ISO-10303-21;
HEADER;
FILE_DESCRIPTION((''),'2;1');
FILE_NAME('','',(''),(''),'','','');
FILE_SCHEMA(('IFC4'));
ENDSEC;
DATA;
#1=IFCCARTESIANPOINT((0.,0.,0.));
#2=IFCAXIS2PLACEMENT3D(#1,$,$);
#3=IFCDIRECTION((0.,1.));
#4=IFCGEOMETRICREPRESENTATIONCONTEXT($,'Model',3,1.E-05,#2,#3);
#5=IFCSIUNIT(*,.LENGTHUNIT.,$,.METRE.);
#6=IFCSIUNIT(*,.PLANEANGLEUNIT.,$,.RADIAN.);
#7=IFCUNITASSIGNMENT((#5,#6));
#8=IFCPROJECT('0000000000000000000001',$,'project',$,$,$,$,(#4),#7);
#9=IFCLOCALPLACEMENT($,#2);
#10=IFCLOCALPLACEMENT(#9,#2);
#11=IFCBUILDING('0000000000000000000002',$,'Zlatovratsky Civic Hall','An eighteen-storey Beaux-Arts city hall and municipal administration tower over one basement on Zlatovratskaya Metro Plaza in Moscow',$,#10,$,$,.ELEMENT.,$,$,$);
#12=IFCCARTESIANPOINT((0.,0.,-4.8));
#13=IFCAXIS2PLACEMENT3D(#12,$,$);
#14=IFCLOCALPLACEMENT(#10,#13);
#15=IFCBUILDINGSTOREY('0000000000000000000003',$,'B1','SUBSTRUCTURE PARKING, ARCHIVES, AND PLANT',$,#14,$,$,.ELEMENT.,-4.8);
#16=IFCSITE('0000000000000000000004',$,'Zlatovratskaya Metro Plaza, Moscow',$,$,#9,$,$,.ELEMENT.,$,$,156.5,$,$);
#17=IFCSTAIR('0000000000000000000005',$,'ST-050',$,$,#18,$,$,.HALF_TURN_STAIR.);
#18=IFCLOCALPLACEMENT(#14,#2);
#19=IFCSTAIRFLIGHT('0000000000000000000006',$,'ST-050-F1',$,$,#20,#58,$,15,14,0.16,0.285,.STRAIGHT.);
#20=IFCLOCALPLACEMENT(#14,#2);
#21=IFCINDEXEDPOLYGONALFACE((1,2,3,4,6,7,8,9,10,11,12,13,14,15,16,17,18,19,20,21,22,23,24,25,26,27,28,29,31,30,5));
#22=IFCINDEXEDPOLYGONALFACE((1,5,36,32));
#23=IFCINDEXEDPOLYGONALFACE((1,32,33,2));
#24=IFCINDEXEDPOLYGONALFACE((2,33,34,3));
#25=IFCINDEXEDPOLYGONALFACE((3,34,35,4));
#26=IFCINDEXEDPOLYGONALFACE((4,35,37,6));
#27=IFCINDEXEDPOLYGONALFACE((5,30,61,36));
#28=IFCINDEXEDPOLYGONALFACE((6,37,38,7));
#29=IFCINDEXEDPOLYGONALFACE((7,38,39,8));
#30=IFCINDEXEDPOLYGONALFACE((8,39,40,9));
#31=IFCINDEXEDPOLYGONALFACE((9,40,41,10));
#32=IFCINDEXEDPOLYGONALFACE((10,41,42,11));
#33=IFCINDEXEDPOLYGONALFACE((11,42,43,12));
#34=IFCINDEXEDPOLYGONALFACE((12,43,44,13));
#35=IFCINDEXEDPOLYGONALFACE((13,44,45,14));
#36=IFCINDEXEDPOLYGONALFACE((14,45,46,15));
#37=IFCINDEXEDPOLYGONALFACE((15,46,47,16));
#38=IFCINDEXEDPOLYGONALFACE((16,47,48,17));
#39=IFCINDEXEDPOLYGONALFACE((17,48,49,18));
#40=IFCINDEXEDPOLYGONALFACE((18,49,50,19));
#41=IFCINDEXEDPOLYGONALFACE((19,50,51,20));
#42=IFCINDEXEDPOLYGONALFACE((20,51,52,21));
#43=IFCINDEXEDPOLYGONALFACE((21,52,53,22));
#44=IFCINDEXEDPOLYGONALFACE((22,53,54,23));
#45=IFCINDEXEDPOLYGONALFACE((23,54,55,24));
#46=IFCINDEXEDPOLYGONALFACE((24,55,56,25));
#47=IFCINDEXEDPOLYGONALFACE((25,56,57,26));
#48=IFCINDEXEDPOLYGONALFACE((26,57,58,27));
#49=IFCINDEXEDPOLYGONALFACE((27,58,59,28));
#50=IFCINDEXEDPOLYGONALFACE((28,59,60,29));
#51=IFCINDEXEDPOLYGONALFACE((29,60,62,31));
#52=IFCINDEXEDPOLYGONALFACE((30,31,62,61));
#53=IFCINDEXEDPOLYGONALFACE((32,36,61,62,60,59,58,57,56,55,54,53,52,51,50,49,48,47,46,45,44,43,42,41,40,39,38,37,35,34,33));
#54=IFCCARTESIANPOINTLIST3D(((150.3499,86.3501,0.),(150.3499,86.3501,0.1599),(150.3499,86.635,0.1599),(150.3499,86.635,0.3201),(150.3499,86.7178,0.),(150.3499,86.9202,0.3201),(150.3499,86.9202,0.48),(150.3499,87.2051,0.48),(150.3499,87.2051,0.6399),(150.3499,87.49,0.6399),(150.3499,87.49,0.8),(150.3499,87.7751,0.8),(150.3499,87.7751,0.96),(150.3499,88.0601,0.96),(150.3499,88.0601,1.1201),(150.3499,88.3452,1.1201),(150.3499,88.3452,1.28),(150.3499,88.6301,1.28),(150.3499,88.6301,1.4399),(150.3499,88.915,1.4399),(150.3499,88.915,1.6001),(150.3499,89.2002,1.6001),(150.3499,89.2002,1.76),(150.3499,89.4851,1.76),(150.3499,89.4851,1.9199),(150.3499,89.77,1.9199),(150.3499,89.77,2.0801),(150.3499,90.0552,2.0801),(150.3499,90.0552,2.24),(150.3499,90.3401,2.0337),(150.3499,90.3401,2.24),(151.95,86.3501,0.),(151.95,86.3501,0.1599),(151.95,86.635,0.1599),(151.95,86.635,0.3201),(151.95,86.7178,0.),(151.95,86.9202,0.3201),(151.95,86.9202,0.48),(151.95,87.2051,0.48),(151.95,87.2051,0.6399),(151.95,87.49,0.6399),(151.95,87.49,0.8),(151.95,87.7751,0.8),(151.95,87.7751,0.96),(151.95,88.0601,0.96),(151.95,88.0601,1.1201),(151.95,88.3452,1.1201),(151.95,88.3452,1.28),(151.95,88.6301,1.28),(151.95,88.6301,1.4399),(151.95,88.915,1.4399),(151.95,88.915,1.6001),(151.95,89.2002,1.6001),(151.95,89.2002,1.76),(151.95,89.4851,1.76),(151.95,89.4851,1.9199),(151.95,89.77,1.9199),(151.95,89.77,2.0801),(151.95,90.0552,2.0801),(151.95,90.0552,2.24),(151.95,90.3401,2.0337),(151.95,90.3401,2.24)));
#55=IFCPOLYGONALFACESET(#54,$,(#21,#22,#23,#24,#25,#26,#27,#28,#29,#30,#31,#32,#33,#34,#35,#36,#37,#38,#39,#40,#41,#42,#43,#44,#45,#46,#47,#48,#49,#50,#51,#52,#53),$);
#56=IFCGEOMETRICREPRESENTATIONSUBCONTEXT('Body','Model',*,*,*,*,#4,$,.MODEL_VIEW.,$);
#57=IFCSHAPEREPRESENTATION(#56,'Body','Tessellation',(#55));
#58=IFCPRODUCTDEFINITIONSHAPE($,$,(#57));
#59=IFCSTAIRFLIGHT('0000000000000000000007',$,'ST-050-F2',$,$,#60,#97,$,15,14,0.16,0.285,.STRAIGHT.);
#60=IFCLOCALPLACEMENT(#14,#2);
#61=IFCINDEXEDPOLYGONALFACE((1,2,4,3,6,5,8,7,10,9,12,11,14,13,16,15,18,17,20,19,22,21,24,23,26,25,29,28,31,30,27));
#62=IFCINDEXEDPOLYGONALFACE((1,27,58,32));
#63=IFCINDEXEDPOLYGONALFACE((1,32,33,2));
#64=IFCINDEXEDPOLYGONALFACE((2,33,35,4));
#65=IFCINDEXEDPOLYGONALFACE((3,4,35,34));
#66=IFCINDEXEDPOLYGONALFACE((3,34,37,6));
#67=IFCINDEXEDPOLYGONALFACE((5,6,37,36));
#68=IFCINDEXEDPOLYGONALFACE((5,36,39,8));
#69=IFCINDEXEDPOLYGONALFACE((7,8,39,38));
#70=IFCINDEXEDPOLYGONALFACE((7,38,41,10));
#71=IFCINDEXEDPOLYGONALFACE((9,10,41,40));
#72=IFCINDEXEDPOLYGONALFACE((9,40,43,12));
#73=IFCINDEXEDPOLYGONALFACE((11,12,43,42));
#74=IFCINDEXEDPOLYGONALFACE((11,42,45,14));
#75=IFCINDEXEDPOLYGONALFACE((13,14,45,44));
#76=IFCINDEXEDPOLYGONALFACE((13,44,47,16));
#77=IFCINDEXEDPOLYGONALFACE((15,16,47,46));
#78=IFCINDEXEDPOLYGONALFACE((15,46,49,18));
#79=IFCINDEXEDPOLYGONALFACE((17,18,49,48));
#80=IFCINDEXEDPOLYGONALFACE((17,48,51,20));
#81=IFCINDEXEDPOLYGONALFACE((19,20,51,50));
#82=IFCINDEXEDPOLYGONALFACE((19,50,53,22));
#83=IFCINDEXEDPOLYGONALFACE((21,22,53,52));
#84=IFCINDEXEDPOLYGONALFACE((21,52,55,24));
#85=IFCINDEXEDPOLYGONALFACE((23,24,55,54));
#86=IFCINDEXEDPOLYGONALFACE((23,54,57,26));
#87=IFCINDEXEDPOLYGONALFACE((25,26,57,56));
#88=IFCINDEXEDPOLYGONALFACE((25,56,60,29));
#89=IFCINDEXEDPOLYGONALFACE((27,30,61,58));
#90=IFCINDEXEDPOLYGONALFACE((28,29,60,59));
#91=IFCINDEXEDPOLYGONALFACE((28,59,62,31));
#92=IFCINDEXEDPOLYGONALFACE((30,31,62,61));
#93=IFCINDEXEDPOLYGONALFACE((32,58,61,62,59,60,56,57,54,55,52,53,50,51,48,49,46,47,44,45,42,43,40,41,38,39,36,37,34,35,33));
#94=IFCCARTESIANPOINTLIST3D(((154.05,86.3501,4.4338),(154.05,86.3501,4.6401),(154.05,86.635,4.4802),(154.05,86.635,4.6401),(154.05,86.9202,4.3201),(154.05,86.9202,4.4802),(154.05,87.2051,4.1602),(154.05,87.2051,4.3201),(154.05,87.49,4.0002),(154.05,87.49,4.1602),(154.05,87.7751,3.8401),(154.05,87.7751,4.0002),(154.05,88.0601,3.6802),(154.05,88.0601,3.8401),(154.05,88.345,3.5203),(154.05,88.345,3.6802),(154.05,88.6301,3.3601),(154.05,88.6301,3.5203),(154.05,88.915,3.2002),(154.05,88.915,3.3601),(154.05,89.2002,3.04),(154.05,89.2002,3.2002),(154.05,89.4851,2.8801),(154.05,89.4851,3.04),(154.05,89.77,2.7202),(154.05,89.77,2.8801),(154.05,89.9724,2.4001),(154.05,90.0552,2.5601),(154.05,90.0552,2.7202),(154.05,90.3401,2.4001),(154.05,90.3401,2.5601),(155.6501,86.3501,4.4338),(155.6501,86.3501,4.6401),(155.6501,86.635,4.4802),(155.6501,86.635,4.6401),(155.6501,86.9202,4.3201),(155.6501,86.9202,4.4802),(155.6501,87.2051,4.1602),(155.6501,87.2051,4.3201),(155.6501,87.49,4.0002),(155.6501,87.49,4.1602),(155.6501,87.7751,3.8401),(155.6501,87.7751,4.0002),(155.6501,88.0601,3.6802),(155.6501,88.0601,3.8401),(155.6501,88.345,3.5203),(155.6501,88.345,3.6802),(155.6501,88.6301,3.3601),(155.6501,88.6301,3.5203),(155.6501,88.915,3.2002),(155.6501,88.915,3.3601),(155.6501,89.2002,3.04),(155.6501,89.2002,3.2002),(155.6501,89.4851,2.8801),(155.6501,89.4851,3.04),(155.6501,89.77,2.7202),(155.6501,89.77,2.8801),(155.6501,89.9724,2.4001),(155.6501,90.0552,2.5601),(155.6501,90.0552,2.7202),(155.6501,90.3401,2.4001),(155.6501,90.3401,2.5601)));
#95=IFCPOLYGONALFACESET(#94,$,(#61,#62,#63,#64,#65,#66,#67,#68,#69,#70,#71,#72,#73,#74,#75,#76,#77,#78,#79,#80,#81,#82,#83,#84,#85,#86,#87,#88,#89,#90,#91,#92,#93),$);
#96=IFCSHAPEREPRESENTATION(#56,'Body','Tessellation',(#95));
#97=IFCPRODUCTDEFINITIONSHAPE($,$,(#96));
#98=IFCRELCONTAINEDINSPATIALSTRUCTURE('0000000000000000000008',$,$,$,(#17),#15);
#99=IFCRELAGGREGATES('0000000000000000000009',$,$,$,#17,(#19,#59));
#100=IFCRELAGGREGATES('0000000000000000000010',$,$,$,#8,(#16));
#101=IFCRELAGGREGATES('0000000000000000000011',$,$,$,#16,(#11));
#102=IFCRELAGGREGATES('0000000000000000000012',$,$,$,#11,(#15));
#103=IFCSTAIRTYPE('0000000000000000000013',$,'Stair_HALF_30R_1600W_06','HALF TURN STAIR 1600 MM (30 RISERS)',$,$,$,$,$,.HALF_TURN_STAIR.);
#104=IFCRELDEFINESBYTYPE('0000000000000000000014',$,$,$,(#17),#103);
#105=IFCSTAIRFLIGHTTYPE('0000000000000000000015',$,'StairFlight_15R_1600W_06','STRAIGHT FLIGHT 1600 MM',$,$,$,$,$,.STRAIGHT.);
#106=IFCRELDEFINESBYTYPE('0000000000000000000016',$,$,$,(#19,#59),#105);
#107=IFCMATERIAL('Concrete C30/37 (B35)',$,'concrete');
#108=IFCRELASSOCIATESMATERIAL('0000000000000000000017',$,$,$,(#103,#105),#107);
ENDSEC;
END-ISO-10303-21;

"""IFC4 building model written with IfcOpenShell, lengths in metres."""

from ifc_helpers import new_model, si_unit, direction, frame, origin, place, context, subcontext, project, spatial, polyline, outline, extrude, material, type_object, element, aggregate, save


model = new_model("IFC4")

# Units and contexts
model_context = context("Model", 3, precision=1e-05, world=origin(), true_north=direction((0.0, 1.0)))
body_context = subcontext(model_context, "Body", "Model", "MODEL_VIEW")
ifc_project = project(units=[si_unit("LENGTHUNIT", "METRE"), si_unit("PLANEANGLEUNIT", "RADIAN")], contexts=[model_context])

# Site, building, storey
site_placement = place(None, origin())
site = spatial("IfcSite", under=ifc_project, at=site_placement, Name="Zlatovratskaya Metro Plaza, Moscow", CompositionType="ELEMENT", RefElevation=156.5)
building_placement = place(site_placement, origin())
building = spatial("IfcBuilding", under=site, at=building_placement, Name="Zlatovratsky Civic Hall", Description="An eighteen-storey Beaux-Arts city hall and municipal administration tower over one basement on Zlatovratskaya Metro Plaza in Moscow", CompositionType="ELEMENT")
storey_placement = place(building_placement, frame((0.0, 0.0, -4.8)))
storey = spatial("IfcBuildingStorey", under=building, at=storey_placement, Name="B1", Description="SUBSTRUCTURE PARKING, ARCHIVES, AND PLANT", CompositionType="ELEMENT", Elevation=-4.8)

# Stair, stair flights
ifc_material_1 = material(Name="Concrete C30/37 (B35)", Category="concrete")
stair_type = type_object("IfcStairType", Name="Stair_HALF_30R_1600W_06", Description="HALF TURN STAIR 1600 MM (30 RISERS)", PredefinedType="HALF_TURN_STAIR", material=ifc_material_1)
stair_placement = place(storey_placement, origin())
stair = element("IfcStair", 1, at=stair_placement, inside=storey, type_object=stair_type, Name="ST-050", PredefinedType="HALF_TURN_STAIR")
stair_flight_type = type_object("IfcStairFlightType", Name="StairFlight_15R_1600W_06", Description="STRAIGHT FLIGHT 1600 MM", PredefinedType="STRAIGHT", material=ifc_material_1)
stair_flight_1_placement = place(storey_placement, frame((151.1499, 86.3501, 0.0), z_axis=(0.0, 0.0, 1.0), x_axis=(0.0, 1.0, 0.0)))
stair_flight_1 = element("IfcStairFlight", 2, at=stair_flight_1_placement, type_object=stair_flight_type, Name="ST-050-F1", NumberOfRisers=15, NumberOfTreads=14, PredefinedType="STRAIGHT", RiserHeight=0.16, TreadLength=0.285, context=body_context, shape_type="SweptSolid", body=[
    extrude(outline(polyline([(0.0, 0.0), (0.0, 0.1599), (0.2849, 0.1599), (0.2849, 0.3201), (0.5701, 0.3201), (0.5701, 0.48), (0.855, 0.48), (0.855, 0.6399), (1.1399, 0.6399), (1.1399, 0.8), (1.425, 0.8), (1.425, 0.96), (1.71, 0.96), (1.71, 1.1201), (1.9951, 1.1201), (1.9951, 1.28), (2.28, 1.28), (2.28, 1.4399), (2.5649, 1.4399), (2.5649, 1.6001), (2.8501, 1.6001), (2.8501, 1.76), (3.135, 1.76), (3.135, 1.9199), (3.4199, 1.9199), (3.4199, 2.0801), (3.7051, 2.0801), (3.7051, 2.24), (3.99, 2.24), (3.99, 2.3999), (3.99, 2.0337), (0.3677, 0.0), (0.0, 0.0)])), frame((0.0, 0.8, 0.0), z_axis=(0.0, -1.0, 0.0), x_axis=(1.0, 0.0, 0.0)), (0.0, 0.0, 1.0), 1.6001),
])
stair_flight_2_placement = place(storey_placement, frame((154.8501, 90.3401, 2.4001), z_axis=(0.0, 0.0, 1.0), x_axis=(0.0, -1.0, 0.0)))
stair_flight_2 = element("IfcStairFlight", 3, at=stair_flight_2_placement, type_object=stair_flight_type, Name="ST-050-F2", NumberOfRisers=15, NumberOfTreads=14, PredefinedType="STRAIGHT", RiserHeight=0.16, TreadLength=0.285, context=body_context, shape_type="SweptSolid", body=[
    extrude(outline(polyline([(0.0, 0.0), (0.0, 0.1599), (0.2849, 0.1599), (0.2849, 0.3201), (0.5701, 0.3201), (0.5701, 0.48), (0.855, 0.48), (0.855, 0.6399), (1.1399, 0.6399), (1.1399, 0.8), (1.425, 0.8), (1.425, 0.96), (1.71, 0.96), (1.71, 1.1201), (1.9951, 1.1201), (1.9951, 1.28), (2.28, 1.28), (2.28, 1.4399), (2.5649, 1.4399), (2.5649, 1.6001), (2.8501, 1.6001), (2.8501, 1.76), (3.135, 1.76), (3.135, 1.9199), (3.4199, 1.9199), (3.4199, 2.0801), (3.7051, 2.0801), (3.7051, 2.24), (3.99, 2.24), (3.99, 2.3999), (3.99, 2.0337), (0.3677, 0.0), (0.0, 0.0)])), frame((0.0, 0.8, 0.0), z_axis=(0.0, -1.0, 0.0), x_axis=(1.0, 0.0, 0.0)), (0.0, 0.0, 1.0), 1.6001),
])
aggregate(stair, [stair_flight_1, stair_flight_2])

save(model, "model.ifc")
